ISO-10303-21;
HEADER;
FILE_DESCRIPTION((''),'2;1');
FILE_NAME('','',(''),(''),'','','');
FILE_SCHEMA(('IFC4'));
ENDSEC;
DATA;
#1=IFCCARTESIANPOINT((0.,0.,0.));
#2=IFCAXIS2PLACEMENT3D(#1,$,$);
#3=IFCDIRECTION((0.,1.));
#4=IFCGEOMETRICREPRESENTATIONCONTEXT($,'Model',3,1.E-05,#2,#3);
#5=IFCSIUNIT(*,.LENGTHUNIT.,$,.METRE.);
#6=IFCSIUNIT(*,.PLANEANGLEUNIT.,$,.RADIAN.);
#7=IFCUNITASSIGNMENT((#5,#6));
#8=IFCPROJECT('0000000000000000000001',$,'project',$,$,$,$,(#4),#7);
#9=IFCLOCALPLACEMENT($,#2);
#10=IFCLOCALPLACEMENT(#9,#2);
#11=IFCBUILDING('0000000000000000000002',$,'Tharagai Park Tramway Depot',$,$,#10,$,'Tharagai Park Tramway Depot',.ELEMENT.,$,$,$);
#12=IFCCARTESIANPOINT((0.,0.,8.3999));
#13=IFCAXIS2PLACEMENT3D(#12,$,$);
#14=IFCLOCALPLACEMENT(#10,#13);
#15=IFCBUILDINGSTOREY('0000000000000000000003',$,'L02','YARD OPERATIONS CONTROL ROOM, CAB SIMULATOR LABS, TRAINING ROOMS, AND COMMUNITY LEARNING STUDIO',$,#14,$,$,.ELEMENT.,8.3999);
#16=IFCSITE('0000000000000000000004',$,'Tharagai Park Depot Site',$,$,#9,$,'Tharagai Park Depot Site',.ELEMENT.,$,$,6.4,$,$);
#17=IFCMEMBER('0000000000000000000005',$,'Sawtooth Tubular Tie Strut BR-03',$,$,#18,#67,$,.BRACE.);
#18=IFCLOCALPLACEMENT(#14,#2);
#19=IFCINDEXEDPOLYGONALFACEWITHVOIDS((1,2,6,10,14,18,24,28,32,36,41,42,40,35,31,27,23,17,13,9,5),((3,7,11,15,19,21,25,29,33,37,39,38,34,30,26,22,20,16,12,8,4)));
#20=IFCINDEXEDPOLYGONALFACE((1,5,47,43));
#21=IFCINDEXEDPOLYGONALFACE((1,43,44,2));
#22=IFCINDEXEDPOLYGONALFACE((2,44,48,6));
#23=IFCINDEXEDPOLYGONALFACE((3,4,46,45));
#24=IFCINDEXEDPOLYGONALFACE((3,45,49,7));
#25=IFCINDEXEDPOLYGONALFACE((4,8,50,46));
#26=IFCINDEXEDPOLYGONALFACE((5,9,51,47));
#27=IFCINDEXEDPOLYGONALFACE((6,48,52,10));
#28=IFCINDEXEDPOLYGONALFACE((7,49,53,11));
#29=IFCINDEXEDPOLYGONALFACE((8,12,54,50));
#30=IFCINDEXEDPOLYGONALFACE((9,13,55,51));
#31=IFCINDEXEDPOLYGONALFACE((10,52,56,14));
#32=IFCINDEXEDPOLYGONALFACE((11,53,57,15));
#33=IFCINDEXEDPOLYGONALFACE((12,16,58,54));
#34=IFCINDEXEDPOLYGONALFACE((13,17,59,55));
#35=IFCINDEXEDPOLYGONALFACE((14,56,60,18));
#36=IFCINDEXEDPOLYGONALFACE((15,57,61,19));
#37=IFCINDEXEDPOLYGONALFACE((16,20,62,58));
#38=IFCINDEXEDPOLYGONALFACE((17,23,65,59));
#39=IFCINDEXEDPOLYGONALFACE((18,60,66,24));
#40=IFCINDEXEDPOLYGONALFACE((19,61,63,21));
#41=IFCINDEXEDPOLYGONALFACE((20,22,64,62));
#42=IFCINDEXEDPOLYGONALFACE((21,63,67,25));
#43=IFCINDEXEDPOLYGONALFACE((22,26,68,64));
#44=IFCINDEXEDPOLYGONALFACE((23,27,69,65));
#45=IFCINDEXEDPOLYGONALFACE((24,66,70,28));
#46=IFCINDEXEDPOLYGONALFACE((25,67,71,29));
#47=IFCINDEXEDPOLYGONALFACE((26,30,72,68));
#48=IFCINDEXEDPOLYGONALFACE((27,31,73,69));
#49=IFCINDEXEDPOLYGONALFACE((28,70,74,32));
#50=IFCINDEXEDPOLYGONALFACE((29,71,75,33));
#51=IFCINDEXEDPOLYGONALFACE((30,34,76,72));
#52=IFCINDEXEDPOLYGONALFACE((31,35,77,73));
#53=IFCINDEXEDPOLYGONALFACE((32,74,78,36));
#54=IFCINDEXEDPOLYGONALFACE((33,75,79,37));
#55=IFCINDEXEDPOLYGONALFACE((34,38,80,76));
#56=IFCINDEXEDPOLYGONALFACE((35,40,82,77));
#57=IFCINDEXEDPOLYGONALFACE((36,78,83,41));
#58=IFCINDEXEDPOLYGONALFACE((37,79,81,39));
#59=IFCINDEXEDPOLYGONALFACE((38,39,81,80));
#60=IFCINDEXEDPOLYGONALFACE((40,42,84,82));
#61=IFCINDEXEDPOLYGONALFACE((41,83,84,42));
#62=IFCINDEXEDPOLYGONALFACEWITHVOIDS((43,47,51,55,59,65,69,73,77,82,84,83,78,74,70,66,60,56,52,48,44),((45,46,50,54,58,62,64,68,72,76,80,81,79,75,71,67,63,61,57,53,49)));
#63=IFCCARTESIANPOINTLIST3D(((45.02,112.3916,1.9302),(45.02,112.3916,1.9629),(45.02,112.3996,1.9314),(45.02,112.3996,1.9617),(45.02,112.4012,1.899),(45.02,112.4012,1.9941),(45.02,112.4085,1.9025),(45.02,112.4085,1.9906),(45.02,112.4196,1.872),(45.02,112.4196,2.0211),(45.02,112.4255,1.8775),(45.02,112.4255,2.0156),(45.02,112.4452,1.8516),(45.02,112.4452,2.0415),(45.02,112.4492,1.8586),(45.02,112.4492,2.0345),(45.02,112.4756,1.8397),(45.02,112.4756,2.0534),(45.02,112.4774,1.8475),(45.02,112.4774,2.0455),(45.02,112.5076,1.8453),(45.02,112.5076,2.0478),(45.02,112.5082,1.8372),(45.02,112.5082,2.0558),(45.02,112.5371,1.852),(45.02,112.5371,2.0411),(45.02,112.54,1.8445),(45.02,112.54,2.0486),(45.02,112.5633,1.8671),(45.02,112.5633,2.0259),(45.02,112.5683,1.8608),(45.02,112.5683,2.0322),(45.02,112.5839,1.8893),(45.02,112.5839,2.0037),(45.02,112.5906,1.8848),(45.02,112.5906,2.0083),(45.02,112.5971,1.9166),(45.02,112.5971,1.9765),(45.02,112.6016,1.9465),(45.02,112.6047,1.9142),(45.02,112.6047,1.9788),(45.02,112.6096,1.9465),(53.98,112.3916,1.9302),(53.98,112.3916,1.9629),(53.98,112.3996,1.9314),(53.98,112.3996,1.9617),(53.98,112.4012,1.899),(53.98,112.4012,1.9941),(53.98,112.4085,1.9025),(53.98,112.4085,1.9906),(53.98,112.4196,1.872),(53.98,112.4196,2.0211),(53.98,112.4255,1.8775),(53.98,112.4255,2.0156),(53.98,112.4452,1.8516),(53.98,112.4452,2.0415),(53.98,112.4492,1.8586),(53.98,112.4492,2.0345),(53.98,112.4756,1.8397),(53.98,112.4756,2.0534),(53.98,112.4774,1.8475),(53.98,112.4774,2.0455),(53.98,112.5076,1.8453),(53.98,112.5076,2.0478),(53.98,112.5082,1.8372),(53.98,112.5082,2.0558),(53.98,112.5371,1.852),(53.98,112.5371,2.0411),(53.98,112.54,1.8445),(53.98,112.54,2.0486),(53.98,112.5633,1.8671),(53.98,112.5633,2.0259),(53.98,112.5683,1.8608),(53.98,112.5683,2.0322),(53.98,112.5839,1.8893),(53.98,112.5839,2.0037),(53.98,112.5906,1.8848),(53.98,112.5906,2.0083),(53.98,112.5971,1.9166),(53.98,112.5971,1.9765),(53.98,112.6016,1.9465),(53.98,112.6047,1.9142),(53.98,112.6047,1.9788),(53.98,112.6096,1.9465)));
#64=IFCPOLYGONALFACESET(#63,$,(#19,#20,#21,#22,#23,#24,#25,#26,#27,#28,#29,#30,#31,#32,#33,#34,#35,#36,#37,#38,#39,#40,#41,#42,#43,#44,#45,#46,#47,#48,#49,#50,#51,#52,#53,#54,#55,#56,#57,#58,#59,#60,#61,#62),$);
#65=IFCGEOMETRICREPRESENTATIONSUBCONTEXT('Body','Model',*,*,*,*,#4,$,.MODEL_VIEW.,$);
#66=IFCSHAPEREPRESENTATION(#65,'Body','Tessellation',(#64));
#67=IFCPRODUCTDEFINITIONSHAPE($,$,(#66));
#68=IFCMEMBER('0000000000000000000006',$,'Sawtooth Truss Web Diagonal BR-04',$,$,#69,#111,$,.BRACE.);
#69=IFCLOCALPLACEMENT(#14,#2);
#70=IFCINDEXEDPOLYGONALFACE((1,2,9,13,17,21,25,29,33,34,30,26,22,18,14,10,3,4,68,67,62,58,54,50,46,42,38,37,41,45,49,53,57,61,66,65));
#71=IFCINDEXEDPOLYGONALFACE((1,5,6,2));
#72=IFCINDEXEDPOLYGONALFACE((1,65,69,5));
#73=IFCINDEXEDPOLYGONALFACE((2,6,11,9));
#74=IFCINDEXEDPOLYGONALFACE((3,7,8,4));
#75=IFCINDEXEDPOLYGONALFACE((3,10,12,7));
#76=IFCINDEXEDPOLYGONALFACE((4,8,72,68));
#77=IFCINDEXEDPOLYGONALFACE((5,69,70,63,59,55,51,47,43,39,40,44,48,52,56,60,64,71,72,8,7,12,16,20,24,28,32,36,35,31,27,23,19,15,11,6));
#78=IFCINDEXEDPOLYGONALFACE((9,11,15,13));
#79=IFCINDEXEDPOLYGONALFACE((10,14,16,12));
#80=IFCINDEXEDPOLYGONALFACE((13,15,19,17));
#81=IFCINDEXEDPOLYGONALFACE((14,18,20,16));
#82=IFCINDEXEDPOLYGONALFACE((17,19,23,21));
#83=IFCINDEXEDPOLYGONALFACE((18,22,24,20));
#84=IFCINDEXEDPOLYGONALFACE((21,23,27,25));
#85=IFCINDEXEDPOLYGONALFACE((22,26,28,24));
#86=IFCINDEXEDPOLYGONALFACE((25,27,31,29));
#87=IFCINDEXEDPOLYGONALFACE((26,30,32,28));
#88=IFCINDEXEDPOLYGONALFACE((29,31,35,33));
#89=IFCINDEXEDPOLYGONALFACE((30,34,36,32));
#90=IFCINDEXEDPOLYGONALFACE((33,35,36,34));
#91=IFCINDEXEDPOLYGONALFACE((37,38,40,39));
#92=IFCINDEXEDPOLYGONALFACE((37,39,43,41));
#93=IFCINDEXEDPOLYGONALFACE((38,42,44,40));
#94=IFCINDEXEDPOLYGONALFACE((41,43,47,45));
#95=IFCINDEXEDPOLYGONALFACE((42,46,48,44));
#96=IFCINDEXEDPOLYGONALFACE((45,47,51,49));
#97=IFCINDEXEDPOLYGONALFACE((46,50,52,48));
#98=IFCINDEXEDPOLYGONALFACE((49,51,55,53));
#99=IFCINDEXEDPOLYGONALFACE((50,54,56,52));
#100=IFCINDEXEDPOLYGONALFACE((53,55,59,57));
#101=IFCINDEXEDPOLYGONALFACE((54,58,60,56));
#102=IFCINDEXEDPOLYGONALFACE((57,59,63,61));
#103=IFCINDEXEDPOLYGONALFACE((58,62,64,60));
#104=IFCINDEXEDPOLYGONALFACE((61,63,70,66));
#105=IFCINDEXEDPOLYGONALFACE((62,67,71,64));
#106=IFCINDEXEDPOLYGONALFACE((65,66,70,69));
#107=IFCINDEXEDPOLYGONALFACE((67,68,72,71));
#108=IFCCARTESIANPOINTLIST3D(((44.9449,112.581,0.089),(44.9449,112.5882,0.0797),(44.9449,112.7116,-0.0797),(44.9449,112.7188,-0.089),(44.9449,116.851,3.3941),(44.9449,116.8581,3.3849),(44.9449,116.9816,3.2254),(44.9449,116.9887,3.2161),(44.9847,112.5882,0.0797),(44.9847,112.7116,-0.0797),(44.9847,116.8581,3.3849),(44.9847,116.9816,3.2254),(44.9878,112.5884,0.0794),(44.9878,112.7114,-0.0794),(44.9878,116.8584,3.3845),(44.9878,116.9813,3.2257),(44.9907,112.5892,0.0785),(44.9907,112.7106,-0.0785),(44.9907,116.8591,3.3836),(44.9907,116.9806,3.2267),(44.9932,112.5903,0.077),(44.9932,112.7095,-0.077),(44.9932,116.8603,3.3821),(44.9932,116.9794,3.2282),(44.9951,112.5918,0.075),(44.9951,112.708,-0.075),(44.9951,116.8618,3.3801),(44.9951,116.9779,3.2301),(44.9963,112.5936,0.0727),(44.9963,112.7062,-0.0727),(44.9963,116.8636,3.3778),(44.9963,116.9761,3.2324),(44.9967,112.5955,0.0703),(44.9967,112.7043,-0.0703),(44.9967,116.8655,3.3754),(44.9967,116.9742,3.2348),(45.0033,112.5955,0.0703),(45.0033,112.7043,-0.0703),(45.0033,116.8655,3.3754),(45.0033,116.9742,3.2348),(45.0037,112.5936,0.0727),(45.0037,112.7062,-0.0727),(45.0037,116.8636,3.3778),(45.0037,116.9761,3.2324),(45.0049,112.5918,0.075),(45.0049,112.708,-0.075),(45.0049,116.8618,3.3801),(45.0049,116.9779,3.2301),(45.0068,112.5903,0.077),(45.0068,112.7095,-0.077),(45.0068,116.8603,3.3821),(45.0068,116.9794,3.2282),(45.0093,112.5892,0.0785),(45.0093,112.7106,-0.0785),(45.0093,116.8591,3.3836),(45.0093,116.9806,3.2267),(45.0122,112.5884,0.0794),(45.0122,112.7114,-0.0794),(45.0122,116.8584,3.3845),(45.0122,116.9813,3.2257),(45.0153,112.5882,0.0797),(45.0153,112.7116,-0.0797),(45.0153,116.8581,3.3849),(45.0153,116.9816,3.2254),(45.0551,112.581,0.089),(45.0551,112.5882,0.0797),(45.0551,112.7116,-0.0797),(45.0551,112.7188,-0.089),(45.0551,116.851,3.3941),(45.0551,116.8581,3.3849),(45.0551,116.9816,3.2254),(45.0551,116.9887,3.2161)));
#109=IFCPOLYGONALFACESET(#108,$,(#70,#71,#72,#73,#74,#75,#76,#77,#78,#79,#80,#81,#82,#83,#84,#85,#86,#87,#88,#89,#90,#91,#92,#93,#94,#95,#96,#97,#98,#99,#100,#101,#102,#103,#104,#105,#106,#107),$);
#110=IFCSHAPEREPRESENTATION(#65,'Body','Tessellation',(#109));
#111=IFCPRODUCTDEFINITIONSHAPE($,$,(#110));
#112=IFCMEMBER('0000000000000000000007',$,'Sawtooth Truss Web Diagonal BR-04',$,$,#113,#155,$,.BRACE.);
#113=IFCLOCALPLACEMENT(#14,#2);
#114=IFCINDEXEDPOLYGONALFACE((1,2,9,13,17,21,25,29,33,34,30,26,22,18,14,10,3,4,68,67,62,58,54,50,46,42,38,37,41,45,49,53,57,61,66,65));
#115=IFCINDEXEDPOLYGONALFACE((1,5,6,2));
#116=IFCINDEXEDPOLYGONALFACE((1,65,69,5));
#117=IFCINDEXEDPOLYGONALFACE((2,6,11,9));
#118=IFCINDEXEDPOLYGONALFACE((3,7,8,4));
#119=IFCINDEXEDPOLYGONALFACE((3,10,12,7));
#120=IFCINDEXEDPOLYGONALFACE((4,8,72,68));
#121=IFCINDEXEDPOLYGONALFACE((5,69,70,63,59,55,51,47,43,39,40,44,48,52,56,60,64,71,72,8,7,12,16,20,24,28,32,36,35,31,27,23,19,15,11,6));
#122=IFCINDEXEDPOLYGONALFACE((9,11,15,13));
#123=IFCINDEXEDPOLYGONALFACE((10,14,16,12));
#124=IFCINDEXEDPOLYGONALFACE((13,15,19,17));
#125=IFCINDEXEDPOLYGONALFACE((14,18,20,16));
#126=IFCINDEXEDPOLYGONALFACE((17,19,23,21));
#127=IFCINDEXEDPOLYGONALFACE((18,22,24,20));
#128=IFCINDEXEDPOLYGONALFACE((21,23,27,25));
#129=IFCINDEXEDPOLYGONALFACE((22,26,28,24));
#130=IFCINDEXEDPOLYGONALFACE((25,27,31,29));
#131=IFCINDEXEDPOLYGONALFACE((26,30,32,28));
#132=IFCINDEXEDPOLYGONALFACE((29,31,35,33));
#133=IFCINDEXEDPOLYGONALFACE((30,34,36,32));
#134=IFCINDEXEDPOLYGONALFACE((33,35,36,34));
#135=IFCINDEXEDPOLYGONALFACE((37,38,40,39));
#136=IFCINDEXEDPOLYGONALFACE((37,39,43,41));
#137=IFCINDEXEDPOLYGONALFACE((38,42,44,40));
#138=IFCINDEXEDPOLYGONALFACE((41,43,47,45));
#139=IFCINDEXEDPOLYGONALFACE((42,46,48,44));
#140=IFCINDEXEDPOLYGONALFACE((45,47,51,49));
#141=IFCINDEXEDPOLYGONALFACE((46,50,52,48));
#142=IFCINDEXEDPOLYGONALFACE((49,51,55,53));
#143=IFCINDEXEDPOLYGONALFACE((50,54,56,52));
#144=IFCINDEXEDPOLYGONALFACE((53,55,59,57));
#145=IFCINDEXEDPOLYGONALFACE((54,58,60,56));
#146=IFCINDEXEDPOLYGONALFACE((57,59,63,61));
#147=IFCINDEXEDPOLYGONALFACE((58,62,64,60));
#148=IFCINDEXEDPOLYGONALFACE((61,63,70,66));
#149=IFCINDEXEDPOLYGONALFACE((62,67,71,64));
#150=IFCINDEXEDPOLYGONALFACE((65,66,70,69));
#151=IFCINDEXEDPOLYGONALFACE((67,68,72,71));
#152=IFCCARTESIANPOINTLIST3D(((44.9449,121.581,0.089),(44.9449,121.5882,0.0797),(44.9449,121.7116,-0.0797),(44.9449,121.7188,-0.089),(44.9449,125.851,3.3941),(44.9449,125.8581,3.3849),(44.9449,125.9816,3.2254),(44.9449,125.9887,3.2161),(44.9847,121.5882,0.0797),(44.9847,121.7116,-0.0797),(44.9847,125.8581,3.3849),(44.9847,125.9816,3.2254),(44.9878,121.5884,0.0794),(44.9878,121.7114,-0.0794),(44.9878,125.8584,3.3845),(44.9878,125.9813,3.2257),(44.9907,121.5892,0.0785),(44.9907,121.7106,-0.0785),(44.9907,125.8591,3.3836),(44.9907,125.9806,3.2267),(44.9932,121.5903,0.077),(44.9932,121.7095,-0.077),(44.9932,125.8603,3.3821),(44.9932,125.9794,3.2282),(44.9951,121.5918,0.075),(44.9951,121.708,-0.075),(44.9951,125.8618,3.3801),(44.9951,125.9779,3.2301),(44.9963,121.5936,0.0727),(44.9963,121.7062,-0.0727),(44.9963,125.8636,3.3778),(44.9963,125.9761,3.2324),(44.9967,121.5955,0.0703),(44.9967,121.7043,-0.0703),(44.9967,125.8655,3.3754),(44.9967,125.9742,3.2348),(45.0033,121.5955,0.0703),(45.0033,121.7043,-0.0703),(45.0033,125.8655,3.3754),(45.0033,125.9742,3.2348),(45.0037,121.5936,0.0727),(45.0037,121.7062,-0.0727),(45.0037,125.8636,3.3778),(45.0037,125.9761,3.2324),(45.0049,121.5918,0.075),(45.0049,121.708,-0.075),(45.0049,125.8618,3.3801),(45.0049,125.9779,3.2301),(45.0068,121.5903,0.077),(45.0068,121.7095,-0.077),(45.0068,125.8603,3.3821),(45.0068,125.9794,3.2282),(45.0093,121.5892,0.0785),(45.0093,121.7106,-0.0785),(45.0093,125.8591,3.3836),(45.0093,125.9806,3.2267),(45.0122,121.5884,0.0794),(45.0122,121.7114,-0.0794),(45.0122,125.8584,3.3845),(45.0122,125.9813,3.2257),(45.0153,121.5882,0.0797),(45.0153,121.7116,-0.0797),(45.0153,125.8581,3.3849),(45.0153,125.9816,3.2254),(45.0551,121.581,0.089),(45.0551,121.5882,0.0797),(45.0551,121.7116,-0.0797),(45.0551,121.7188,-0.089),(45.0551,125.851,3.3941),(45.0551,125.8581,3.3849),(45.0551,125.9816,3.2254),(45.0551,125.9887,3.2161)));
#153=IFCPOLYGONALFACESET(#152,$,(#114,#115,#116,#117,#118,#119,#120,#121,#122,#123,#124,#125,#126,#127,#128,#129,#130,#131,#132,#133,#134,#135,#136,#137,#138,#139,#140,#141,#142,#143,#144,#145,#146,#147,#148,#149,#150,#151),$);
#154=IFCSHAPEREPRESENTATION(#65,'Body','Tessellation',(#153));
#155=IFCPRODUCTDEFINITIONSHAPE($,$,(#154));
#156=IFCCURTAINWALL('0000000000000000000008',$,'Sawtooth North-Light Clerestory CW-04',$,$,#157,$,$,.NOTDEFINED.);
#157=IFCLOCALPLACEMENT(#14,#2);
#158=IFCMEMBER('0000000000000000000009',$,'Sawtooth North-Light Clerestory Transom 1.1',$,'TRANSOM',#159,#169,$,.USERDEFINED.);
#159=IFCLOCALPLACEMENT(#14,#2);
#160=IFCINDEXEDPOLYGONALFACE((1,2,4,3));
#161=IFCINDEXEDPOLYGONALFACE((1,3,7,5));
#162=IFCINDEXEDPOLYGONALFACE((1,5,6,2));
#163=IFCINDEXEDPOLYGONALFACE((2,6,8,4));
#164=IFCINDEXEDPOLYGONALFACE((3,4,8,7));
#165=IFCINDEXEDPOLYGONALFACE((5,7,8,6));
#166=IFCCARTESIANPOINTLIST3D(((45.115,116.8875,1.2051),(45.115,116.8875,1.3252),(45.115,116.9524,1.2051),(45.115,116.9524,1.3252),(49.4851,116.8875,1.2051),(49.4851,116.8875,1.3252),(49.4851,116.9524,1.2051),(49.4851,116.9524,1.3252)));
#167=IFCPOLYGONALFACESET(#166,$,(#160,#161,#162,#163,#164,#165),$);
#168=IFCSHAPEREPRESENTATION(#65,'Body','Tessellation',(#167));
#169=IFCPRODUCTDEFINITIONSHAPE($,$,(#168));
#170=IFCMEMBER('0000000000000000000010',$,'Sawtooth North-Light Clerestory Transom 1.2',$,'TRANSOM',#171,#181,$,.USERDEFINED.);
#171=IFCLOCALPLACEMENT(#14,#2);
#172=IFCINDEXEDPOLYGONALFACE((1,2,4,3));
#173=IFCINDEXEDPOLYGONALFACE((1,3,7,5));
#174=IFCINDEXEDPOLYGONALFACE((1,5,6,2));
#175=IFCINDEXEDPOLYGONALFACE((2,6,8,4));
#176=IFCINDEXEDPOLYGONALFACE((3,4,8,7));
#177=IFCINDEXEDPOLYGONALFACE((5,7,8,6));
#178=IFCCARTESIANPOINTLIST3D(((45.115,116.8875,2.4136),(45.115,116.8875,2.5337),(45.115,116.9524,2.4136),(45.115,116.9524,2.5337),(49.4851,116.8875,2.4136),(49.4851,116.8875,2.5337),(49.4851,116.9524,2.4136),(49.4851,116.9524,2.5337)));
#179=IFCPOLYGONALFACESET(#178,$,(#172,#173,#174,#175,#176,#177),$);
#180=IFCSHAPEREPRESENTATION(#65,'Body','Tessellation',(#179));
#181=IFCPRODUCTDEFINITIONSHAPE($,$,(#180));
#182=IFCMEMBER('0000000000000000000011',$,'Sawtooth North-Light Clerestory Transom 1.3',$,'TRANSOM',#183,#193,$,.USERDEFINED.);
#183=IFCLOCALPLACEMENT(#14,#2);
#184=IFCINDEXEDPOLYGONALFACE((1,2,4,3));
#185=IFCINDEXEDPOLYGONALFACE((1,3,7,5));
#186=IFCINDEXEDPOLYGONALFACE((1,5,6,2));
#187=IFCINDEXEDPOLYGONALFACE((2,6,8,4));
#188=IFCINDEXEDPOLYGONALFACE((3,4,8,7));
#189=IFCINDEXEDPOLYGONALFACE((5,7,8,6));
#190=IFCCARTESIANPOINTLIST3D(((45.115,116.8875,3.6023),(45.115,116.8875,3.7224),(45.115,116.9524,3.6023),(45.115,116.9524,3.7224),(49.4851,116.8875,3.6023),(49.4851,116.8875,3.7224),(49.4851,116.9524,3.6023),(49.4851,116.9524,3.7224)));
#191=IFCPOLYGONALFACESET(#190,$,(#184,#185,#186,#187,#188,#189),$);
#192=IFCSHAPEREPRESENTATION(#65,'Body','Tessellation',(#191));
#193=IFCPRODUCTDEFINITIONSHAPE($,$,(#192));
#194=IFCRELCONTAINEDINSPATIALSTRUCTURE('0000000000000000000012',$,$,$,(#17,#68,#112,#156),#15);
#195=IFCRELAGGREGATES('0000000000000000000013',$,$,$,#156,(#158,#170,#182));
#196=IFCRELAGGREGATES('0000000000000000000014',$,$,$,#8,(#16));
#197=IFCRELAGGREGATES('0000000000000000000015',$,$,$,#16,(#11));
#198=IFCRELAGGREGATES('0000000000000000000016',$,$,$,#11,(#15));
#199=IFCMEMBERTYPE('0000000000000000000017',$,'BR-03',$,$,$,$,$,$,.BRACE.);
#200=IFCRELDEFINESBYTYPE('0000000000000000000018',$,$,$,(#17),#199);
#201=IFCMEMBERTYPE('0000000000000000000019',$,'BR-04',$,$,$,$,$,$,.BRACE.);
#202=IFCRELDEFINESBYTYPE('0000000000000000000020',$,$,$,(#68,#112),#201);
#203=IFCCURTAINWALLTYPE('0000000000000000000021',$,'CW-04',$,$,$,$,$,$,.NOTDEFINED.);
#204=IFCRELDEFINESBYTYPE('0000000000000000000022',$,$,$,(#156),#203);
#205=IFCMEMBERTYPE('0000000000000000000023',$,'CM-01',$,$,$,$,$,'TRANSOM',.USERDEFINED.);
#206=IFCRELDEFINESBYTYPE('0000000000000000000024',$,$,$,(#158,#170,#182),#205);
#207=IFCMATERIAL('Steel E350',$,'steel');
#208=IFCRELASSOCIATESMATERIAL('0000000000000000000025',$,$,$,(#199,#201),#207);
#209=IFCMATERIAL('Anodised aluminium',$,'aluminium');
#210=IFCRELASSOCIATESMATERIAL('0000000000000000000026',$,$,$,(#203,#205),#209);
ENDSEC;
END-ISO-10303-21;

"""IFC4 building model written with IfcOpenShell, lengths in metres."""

from ifc_helpers import new_model, si_unit, direction, frame, origin, origin_2d, place, context, subcontext, project, spatial, rectangle, hollow_circle, i_section, extrude, material, material_profile, profile_set, type_object, element, aggregate, save


model = new_model("IFC4")

# Units and contexts
model_context = context("Model", 3, precision=1e-05, world=origin(), true_north=direction((0.0, 1.0)))
body_context = subcontext(model_context, "Body", "Model", "MODEL_VIEW")
ifc_project = project(units=[si_unit("LENGTHUNIT", "METRE"), si_unit("PLANEANGLEUNIT", "RADIAN")], contexts=[model_context])

# Site, building, storey
site_placement = place(None, origin())
site = spatial("IfcSite", under=ifc_project, at=site_placement, Name="Tharagai Park Depot Site", LongName="Tharagai Park Depot Site", CompositionType="ELEMENT", RefElevation=6.4)
building_placement = place(site_placement, origin())
building = spatial("IfcBuilding", under=site, at=building_placement, Name="Tharagai Park Tramway Depot", LongName="Tharagai Park Tramway Depot", CompositionType="ELEMENT")
storey_placement = place(building_placement, frame((0.0, 0.0, 8.3999)))
storey = spatial("IfcBuildingStorey", under=building, at=storey_placement, Name="L02", Description="YARD OPERATIONS CONTROL ROOM, CAB SIMULATOR LABS, TRAINING ROOMS, AND COMMUNITY LEARNING STUDIO", CompositionType="ELEMENT", Elevation=8.3999)

# Shared definitions
ifc_material_1 = material(Name="Steel E350", Category="steel")

# Members
ifc_material_profile_1 = material_profile(ifc_material_1, hollow_circle(Radius=0.1096, WallThickness=0.0081, at=origin_2d()), Name="CHS 219.1x8")
ifc_profile_set_1 = profile_set([ifc_material_profile_1], Name="Steel E350")
member_type_1 = type_object("IfcMemberType", Name="BR-03", PredefinedType="BRACE", material=ifc_profile_set_1)
member_1_placement = place(storey_placement, frame((45.02, 112.5, 1.9465), z_axis=(1.0, 0.0, 0.0), x_axis=(0.0, 1.0, 0.0)))
element("IfcMember", 1, at=member_1_placement, inside=storey, type_object=member_type_1, Name="Sawtooth Tubular Tie Strut BR-03", PredefinedType="BRACE", context=body_context, shape_type="SweptSolid", body=[
    extrude(hollow_circle(Radius=0.1096, WallThickness=0.0081, at=origin_2d()), origin(), (0.0, 0.0, 1.0), 8.96),
])
ifc_material_profile_2 = material_profile(ifc_material_1, i_section(OverallWidth=0.1101, OverallDepth=0.2251, WebThickness=0.0066, FlangeThickness=0.0117, FilletRadius=0.012, at=origin_2d()), Name="ISMB 225")
ifc_profile_set_2 = profile_set([ifc_material_profile_2], Name="Steel E350")
member_type_2 = type_object("IfcMemberType", Name="BR-04", PredefinedType="BRACE", material=ifc_profile_set_2)
for number, where, z_axis, x_axis, name in (
    (2, (45.0, 112.6499, 0.0), (0.0, 0.790782, 0.612098), (-1.0, 0.0, 0.0), "Sawtooth Truss Web Diagonal BR-04"),
    (3, (45.0, 121.6499, 0.0), (0.0, 0.790782, 0.612098), (-1.0, 0.0, 0.0), "Sawtooth Truss Web Diagonal BR-04"),
):
    element("IfcMember", number, at=place(storey_placement, frame(where, z_axis=z_axis, x_axis=x_axis)), inside=storey, type_object=member_type_2, Name=name, PredefinedType="BRACE", context=body_context, shape_type="SweptSolid", body=[
        extrude(i_section(OverallWidth=0.1101, OverallDepth=0.2251, WebThickness=0.0066, FlangeThickness=0.0117, FilletRadius=0.012, at=origin_2d()), origin(), (0.0, 0.0, 1.0), 5.3997),
    ])

# Curtain wall, members
ifc_material_2 = material(Name="Anodised aluminium", Category="aluminium")
curtain_wall_type = type_object("IfcCurtainWallType", Name="CW-04", PredefinedType="NOTDEFINED", material=ifc_material_2)
curtain_wall_1_placement = place(storey_placement, origin())
curtain_wall_1 = element("IfcCurtainWall", 4, at=curtain_wall_1_placement, inside=storey, type_object=curtain_wall_type, Name="Sawtooth North-Light Clerestory CW-04", PredefinedType="NOTDEFINED")
ifc_material_profile_3 = material_profile(ifc_material_2, rectangle(XDim=0.0649, YDim=0.1201, at=origin_2d()), Name="ALU 65x120")
ifc_profile_set_3 = profile_set([ifc_material_profile_3], Name="Anodised aluminium")
member_type_3 = type_object("IfcMemberType", Name="CM-01", ElementType="TRANSOM", PredefinedType="USERDEFINED", material=ifc_profile_set_3)
member_2_placement = place(storey_placement, frame((45.115, 116.9199, 1.2651), z_axis=(1.0, 0.0, 0.0), x_axis=(0.0, 1.0, 0.0)))
member_2 = element("IfcMember", 5, at=member_2_placement, type_object=member_type_3, Name="Sawtooth North-Light Clerestory Transom 1.1", ObjectType="TRANSOM", PredefinedType="USERDEFINED", context=body_context, shape_type="SweptSolid", body=[
    extrude(rectangle(XDim=0.0649, YDim=0.1201, at=origin_2d()), origin(), (0.0, 0.0, 1.0), 4.3701),
])
member_3_placement = place(storey_placement, frame((45.115, 116.9199, 2.4736), z_axis=(1.0, 0.0, 0.0), x_axis=(0.0, 1.0, 0.0)))
member_3 = element("IfcMember", 6, at=member_3_placement, type_object=member_type_3, Name="Sawtooth North-Light Clerestory Transom 1.2", ObjectType="TRANSOM", PredefinedType="USERDEFINED", context=body_context, shape_type="SweptSolid", body=[
    extrude(rectangle(XDim=0.0649, YDim=0.1201, at=origin_2d()), origin(), (0.0, 0.0, 1.0), 4.3701),
])
member_4_placement = place(storey_placement, frame((45.115, 116.9199, 3.6624), z_axis=(1.0, 0.0, 0.0), x_axis=(0.0, 1.0, 0.0)))
member_4 = element("IfcMember", 7, at=member_4_placement, type_object=member_type_3, Name="Sawtooth North-Light Clerestory Transom 1.3", ObjectType="TRANSOM", PredefinedType="USERDEFINED", context=body_context, shape_type="SweptSolid", body=[
    extrude(rectangle(XDim=0.0649, YDim=0.1201, at=origin_2d()), origin(), (0.0, 0.0, 1.0), 4.3701),
])

aggregate(curtain_wall_1, [member_2, member_3, member_4])

save(model, "model.ifc")
